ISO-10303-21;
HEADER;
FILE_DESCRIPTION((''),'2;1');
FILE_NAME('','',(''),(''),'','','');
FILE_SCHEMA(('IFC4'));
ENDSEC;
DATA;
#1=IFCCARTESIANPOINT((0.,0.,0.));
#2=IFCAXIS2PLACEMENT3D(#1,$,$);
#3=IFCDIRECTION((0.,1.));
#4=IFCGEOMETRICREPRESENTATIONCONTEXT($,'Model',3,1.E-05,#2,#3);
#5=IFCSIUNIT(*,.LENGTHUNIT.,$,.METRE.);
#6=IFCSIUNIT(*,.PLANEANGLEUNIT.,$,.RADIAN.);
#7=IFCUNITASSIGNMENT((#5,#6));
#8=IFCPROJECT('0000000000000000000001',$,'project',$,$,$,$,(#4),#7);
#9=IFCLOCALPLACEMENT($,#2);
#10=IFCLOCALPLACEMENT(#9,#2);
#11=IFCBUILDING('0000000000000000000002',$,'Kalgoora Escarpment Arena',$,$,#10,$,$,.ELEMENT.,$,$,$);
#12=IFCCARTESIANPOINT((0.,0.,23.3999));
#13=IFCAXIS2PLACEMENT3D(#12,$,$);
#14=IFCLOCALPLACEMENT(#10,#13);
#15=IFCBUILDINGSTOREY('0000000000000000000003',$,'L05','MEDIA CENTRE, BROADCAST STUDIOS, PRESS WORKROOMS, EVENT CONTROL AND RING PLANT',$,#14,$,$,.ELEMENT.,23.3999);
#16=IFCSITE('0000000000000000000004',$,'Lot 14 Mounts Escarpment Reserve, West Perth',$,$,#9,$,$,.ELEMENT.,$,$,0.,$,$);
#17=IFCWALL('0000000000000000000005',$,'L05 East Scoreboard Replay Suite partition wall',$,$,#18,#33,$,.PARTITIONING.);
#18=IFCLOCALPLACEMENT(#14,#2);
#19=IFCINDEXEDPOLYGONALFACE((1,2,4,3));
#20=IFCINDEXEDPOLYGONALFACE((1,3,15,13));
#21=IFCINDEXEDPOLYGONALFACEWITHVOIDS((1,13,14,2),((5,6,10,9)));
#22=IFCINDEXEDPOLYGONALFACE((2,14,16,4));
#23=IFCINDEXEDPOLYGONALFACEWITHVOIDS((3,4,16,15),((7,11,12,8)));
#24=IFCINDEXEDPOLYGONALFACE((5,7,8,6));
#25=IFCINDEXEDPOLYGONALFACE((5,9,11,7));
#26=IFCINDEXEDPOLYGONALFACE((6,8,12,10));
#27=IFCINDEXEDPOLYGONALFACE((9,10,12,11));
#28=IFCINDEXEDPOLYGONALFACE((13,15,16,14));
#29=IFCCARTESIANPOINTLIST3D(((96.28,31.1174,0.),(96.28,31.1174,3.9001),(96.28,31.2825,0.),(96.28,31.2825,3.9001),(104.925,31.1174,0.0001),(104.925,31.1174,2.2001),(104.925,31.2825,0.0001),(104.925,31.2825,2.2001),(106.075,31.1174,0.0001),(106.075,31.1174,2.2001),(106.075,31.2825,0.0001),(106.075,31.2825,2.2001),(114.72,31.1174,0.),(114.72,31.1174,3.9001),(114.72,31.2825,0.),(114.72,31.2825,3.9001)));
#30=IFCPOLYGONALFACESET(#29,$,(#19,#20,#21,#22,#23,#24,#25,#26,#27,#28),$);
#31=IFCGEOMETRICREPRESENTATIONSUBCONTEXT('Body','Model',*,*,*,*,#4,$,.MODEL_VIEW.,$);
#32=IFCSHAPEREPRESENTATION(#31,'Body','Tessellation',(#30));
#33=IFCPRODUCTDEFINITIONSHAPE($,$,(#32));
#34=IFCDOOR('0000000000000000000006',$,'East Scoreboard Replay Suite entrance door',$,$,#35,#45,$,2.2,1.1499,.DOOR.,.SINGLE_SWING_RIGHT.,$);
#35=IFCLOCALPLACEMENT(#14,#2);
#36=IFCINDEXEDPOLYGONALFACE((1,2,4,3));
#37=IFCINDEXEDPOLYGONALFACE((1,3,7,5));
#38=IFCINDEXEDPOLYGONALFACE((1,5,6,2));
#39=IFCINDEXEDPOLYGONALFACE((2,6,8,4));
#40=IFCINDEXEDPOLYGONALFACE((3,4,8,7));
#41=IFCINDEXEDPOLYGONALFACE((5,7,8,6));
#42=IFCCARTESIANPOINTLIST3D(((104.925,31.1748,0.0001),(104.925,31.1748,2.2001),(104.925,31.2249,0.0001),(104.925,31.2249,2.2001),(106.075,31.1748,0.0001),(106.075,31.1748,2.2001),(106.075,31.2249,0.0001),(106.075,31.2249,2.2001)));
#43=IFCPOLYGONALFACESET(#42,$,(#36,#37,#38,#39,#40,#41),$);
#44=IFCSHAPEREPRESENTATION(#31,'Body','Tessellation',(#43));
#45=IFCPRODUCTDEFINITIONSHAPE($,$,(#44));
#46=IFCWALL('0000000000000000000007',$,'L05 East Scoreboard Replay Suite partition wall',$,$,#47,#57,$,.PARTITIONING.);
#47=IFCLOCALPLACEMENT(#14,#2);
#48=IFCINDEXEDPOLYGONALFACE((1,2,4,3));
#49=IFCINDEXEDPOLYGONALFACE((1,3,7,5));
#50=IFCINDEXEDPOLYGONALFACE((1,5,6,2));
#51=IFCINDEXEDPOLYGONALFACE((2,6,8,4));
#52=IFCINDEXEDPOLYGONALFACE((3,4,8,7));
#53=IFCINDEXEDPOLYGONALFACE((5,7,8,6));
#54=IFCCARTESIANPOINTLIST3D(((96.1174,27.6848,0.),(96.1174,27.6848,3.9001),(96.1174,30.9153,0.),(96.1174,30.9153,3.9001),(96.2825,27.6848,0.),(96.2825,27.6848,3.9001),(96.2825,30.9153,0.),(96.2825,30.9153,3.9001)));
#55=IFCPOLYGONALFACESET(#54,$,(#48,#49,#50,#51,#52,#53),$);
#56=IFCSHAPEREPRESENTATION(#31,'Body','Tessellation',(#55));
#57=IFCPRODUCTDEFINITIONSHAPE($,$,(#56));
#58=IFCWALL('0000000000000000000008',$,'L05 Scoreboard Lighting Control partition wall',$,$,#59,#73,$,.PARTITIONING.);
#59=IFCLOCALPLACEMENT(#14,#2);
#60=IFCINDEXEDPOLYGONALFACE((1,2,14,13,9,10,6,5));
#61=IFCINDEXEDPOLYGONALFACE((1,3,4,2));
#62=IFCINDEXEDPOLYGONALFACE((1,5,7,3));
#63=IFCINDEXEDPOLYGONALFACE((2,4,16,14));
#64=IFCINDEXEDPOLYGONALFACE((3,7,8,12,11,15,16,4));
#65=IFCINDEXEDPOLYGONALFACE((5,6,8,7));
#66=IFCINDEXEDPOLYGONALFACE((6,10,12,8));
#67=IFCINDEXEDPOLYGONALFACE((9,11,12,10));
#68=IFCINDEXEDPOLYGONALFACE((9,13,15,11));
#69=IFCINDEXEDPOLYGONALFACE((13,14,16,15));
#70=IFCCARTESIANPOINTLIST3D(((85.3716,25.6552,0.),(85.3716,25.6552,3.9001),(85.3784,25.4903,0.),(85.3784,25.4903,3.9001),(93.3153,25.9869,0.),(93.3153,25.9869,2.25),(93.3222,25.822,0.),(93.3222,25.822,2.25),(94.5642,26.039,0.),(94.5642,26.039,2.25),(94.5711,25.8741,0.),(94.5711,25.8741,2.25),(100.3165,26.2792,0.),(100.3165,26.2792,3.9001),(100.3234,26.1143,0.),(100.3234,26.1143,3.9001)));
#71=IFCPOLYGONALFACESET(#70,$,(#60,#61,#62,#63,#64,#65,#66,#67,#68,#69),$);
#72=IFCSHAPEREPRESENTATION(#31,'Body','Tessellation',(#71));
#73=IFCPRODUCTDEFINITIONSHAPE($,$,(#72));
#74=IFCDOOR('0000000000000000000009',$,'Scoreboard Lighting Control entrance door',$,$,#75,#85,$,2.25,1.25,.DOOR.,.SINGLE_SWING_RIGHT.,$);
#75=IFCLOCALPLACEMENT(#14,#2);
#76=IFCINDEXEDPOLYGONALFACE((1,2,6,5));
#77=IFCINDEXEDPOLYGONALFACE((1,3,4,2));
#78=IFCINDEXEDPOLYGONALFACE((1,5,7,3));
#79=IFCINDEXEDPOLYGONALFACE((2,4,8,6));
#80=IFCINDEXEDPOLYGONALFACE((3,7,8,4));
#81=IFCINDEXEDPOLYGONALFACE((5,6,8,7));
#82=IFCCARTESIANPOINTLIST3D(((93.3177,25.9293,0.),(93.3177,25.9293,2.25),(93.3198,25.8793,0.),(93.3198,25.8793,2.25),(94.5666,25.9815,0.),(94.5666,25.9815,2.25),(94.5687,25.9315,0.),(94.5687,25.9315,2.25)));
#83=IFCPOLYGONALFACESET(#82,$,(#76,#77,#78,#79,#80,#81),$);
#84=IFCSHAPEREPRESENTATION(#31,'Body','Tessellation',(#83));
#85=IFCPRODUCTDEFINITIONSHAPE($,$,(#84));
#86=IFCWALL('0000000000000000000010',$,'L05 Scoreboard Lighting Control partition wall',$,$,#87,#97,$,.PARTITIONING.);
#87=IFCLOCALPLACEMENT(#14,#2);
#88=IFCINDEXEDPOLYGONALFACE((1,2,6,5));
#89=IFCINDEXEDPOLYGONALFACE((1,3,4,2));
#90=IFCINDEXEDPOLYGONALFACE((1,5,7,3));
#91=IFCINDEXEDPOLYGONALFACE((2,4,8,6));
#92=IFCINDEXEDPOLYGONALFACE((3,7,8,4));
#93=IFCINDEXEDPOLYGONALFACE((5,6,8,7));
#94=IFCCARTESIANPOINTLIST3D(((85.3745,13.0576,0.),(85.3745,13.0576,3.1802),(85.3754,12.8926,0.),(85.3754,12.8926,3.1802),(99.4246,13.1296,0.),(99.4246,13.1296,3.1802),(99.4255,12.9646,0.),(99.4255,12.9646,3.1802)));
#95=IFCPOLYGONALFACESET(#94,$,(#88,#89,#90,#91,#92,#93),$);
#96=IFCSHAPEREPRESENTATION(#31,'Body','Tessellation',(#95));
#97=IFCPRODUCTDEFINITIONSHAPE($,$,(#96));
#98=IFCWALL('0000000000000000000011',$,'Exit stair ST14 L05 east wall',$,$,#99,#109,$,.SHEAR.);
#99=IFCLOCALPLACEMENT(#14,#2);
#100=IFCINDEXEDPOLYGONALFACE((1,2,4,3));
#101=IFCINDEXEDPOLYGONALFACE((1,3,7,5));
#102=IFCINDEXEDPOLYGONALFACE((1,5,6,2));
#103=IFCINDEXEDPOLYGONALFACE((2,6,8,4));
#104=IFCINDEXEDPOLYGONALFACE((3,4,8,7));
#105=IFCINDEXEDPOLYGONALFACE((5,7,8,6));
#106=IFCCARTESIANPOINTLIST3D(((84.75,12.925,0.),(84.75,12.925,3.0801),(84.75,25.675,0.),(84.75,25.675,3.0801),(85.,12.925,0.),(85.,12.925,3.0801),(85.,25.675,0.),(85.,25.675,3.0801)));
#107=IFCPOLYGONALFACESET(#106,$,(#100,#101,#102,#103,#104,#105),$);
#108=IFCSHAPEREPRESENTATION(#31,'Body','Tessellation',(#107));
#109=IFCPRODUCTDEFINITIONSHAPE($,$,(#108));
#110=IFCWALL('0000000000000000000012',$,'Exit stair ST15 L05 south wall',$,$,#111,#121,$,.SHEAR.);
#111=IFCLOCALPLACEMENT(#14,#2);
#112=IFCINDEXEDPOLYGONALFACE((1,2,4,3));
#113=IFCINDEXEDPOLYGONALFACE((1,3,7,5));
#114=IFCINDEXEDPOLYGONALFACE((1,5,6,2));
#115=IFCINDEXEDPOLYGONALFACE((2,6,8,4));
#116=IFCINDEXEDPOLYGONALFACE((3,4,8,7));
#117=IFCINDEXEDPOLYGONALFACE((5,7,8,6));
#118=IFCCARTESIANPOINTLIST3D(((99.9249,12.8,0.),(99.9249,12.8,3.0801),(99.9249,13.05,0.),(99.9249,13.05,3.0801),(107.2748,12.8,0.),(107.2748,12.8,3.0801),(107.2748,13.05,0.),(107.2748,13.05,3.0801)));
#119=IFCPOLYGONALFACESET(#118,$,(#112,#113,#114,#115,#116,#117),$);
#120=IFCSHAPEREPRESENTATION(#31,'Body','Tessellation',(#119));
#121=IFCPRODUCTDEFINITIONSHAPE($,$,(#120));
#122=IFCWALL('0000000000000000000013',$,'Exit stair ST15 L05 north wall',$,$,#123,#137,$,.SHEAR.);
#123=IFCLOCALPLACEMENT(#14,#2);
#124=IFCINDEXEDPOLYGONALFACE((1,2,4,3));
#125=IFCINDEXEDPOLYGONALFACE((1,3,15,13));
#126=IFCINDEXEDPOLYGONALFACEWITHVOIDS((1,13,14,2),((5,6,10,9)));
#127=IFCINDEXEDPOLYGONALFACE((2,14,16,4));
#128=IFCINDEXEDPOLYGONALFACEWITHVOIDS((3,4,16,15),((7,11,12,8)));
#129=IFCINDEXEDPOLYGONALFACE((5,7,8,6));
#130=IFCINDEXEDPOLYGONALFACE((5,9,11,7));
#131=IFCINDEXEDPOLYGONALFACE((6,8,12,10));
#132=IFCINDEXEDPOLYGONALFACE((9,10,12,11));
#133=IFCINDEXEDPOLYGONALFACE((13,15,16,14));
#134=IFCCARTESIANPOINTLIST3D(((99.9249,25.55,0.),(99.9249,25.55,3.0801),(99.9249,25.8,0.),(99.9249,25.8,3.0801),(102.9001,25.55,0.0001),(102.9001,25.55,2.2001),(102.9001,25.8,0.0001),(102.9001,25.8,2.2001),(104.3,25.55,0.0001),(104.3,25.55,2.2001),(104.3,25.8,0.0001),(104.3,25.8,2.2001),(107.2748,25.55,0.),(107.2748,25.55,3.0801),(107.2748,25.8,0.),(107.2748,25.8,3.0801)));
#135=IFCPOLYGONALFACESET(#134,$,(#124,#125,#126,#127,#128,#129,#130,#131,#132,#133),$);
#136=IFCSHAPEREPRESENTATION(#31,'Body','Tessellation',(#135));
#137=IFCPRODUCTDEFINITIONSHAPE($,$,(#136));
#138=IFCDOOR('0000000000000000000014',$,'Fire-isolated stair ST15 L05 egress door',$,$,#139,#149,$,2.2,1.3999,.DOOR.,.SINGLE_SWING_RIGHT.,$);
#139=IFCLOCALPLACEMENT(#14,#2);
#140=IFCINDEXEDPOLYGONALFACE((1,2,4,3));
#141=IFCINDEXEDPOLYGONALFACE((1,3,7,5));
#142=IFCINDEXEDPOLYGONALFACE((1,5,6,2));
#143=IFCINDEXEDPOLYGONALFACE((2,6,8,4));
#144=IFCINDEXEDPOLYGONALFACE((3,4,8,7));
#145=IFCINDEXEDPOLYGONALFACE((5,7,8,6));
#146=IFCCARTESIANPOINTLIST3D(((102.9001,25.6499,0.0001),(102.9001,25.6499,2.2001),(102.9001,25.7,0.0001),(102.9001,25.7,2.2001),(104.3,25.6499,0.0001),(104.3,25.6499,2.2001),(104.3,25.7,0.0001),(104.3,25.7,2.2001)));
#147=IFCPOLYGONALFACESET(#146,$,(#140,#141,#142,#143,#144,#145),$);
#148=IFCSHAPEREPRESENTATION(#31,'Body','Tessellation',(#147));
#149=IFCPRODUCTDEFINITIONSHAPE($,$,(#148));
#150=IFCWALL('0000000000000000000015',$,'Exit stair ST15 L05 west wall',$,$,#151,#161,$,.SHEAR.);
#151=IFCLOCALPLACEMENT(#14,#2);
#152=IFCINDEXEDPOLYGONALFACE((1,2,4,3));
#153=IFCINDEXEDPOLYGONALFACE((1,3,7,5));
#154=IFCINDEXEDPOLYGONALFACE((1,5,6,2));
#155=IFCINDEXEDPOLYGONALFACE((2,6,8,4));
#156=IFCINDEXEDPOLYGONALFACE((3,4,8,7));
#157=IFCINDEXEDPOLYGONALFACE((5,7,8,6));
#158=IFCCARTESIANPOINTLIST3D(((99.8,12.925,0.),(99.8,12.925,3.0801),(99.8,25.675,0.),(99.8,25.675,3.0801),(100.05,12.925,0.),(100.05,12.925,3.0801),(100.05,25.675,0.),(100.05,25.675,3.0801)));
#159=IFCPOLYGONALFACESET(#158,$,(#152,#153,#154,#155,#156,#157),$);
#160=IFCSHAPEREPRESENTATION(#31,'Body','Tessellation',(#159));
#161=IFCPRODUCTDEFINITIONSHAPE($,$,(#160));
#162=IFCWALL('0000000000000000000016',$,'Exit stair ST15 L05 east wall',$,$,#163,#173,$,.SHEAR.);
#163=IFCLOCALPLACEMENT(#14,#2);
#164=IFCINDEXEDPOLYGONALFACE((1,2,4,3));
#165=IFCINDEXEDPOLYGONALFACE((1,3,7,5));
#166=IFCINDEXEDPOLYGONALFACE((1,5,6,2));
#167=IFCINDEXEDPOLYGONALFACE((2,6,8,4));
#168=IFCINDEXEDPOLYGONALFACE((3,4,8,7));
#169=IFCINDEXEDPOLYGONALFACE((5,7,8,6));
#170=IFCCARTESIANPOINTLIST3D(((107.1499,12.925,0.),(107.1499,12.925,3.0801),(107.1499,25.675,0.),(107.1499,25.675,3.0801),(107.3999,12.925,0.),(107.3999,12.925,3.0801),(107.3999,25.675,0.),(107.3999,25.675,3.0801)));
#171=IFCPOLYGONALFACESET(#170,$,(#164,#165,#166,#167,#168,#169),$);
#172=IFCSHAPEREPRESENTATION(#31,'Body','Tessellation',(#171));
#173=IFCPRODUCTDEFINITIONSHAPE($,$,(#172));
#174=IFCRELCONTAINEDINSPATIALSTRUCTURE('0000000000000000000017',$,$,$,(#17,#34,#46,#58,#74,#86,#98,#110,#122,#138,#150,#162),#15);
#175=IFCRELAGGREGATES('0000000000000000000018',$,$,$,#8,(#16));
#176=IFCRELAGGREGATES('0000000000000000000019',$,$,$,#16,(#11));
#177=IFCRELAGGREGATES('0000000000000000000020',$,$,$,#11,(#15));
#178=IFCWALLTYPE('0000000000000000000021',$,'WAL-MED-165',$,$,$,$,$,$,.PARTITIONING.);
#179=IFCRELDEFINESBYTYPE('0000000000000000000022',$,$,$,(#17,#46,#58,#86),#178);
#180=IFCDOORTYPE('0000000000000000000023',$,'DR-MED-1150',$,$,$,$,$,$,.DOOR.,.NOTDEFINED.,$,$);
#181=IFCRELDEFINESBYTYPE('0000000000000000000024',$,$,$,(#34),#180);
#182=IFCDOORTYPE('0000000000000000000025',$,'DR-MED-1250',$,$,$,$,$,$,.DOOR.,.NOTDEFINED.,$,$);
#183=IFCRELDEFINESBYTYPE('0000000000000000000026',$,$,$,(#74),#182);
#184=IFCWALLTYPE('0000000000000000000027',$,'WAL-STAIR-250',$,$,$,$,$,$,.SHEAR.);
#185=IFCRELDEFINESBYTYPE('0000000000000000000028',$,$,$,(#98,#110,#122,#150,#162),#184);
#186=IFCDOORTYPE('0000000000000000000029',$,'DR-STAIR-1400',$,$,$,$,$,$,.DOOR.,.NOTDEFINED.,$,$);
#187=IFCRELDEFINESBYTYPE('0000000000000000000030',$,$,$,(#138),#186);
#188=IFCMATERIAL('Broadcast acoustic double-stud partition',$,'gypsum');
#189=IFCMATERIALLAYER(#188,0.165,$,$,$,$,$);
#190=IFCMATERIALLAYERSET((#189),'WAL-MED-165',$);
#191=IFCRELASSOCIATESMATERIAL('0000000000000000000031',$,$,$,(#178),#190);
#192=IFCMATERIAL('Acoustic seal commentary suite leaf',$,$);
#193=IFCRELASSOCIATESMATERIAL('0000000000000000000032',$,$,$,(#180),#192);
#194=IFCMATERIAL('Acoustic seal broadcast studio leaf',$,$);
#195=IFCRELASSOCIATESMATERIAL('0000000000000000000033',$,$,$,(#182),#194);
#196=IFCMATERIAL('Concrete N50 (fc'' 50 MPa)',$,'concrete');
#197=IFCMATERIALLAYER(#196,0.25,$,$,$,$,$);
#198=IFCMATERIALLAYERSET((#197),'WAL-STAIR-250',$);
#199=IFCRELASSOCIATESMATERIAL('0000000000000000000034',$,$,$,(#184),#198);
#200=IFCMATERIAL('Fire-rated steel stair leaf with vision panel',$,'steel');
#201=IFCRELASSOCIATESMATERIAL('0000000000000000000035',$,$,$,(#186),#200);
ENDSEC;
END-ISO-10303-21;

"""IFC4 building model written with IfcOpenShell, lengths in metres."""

from ifc_helpers import new_model, si_unit, direction, frame, frame_2d, origin, place, context, subcontext, project, spatial, rectangle, extrude, material, layer, layer_set, type_object, element, fill, save


model = new_model("IFC4")

# Units and contexts
model_context = context("Model", 3, precision=1e-05, world=origin(), true_north=direction((0.0, 1.0)))
body_context = subcontext(model_context, "Body", "Model", "MODEL_VIEW")
ifc_project = project(units=[si_unit("LENGTHUNIT", "METRE"), si_unit("PLANEANGLEUNIT", "RADIAN")], contexts=[model_context])

# Site, building, storey
site_placement = place(None, origin())
site = spatial("IfcSite", under=ifc_project, at=site_placement, Name="Lot 14 Mounts Escarpment Reserve, West Perth", CompositionType="ELEMENT", RefElevation=0.0)
building_placement = place(site_placement, origin())
building = spatial("IfcBuilding", under=site, at=building_placement, Name="Kalgoora Escarpment Arena", CompositionType="ELEMENT")
storey_placement = place(building_placement, frame((0.0, 0.0, 23.3999)))
storey = spatial("IfcBuildingStorey", under=building, at=storey_placement, Name="L05", Description="MEDIA CENTRE, BROADCAST STUDIOS, PRESS WORKROOMS, EVENT CONTROL AND RING PLANT", CompositionType="ELEMENT", Elevation=23.3999)

# Shared definitions
ifc_material_1 = material(Name="Broadcast acoustic double-stud partition", Category="gypsum")
ifc_layer_1 = layer(ifc_material_1, 0.165)
ifc_layer_set_1 = layer_set([ifc_layer_1], Name="WAL-MED-165")
wall_type_1 = type_object("IfcWallType", Name="WAL-MED-165", PredefinedType="PARTITIONING", material=ifc_layer_set_1)

# Wall, opening, door
wall_1_placement = place(storey_placement, frame((96.28, 31.2, 0.0), z_axis=(0.0, 0.0, 1.0), x_axis=(1.0, 0.0, 0.0)))
wall_1 = element("IfcWall", 1, at=wall_1_placement, inside=storey, type_object=wall_type_1, Name="L05 East Scoreboard Replay Suite partition wall", PredefinedType="PARTITIONING", context=body_context, shape_type="SweptSolid", body=[
    extrude(rectangle(XDim=18.4399, YDim=0.165, at=frame_2d((9.22, 0.0))), origin(), (0.0, 0.0, 1.0), 3.9001),
])
opening_1_placement = place(wall_1_placement, frame((8.645, 0.0, 0.0)))
opening_1 = element("IfcOpeningElement", 2, at=opening_1_placement, cuts=wall_1, PredefinedType="OPENING", context=body_context, shape_type="SweptSolid", body=[
    extrude(rectangle(XDim=1.1499, YDim=2.2, at=frame_2d((0.575, 1.1001))), frame((0.0, 0.0925, 0.0), z_axis=(0.0, -1.0, 0.0), x_axis=(1.0, 0.0, 0.0)), (0.0, 0.0, 1.0), 0.1851),
])
ifc_material_2 = material(Name="Acoustic seal commentary suite leaf")
door_type_1 = type_object("IfcDoorType", Name="DR-MED-1150", OperationType="NOTDEFINED", PredefinedType="DOOR", material=ifc_material_2)
door_1_placement = place(opening_1_placement, origin())
door_1 = element("IfcDoor", 3, at=door_1_placement, inside=storey, type_object=door_type_1, Name="East Scoreboard Replay Suite entrance door", OperationType="SINGLE_SWING_RIGHT", OverallHeight=2.2, OverallWidth=1.1499, PredefinedType="DOOR", context=body_context, shape_type="SweptSolid", body=[
    extrude(rectangle(XDim=1.1499, YDim=2.2, at=frame_2d((0.575, 1.1001))), frame((0.0, 0.0249, 0.0), z_axis=(0.0, -1.0, 0.0), x_axis=(1.0, 0.0, 0.0)), (0.0, 0.0, 1.0), 0.05),
])
fill(opening_1, door_1)

# Wall
wall_2_placement = place(storey_placement, frame((96.2, 27.6848, 0.0), z_axis=(0.0, 0.0, 1.0), x_axis=(0.0, 1.0, 0.0)))
element("IfcWall", 4, at=wall_2_placement, inside=storey, type_object=wall_type_1, Name="L05 East Scoreboard Replay Suite partition wall", PredefinedType="PARTITIONING", context=body_context, shape_type="SweptSolid", body=[
    extrude(rectangle(XDim=3.2305, YDim=0.165, at=frame_2d((1.6152, 0.0))), origin(), (0.0, 0.0, 1.0), 3.9001),
])

# Wall, opening, door
wall_3_placement = place(storey_placement, frame((85.375, 25.5728, 0.0), z_axis=(0.0, 0.0, 1.0), x_axis=(0.999129, 0.041718, 0.0)))
wall_3 = element("IfcWall", 5, at=wall_3_placement, inside=storey, type_object=wall_type_1, Name="L05 Scoreboard Lighting Control partition wall", PredefinedType="PARTITIONING", context=body_context, shape_type="SweptSolid", body=[
    extrude(rectangle(XDim=14.958, YDim=0.165, at=frame_2d((7.479, 0.0))), origin(), (0.0, 0.0, 1.0), 3.9001),
])
opening_2_placement = place(wall_3_placement, frame((7.9507, 0.0, 0.0)))
opening_2 = element("IfcOpeningElement", 6, at=opening_2_placement, cuts=wall_3, PredefinedType="OPENING", context=body_context, shape_type="SweptSolid", body=[
    extrude(rectangle(XDim=1.25, YDim=2.25, at=frame_2d((0.625, 1.125))), frame((0.0, 0.0925, 0.0), z_axis=(0.0, -1.0, 0.0), x_axis=(1.0, 0.0, 0.0)), (0.0, 0.0, 1.0), 0.1851),
])
ifc_material_3 = material(Name="Acoustic seal broadcast studio leaf")
door_type_2 = type_object("IfcDoorType", Name="DR-MED-1250", OperationType="NOTDEFINED", PredefinedType="DOOR", material=ifc_material_3)
door_2_placement = place(opening_2_placement, origin())
door_2 = element("IfcDoor", 7, at=door_2_placement, inside=storey, type_object=door_type_2, Name="Scoreboard Lighting Control entrance door", OperationType="SINGLE_SWING_RIGHT", OverallHeight=2.25, OverallWidth=1.25, PredefinedType="DOOR", context=body_context, shape_type="SweptSolid", body=[
    extrude(rectangle(XDim=1.25, YDim=2.25, at=frame_2d((0.625, 1.125))), frame((0.0, 0.0249, 0.0), z_axis=(0.0, -1.0, 0.0), x_axis=(1.0, 0.0, 0.0)), (0.0, 0.0, 1.0), 0.05),
])
fill(opening_2, door_2)

# Walls
wall_4_placement = place(storey_placement, frame((99.425, 13.0471, 0.0), z_axis=(0.0, 0.0, 1.0), x_axis=(-0.999987, -0.005126, 0.0)))
element("IfcWall", 8, at=wall_4_placement, inside=storey, type_object=wall_type_1, Name="L05 Scoreboard Lighting Control partition wall", PredefinedType="PARTITIONING", context=body_context, shape_type="SweptSolid", body=[
    extrude(rectangle(XDim=14.0503, YDim=0.165, at=frame_2d((7.0251, 0.0))), origin(), (0.0, 0.0, 1.0), 3.1802),
])
ifc_material_4 = material(Name="Concrete N50 (fc' 50 MPa)", Category="concrete")
ifc_layer_2 = layer(ifc_material_4, 0.25)
ifc_layer_set_2 = layer_set([ifc_layer_2], Name="WAL-STAIR-250")
wall_type_2 = type_object("IfcWallType", Name="WAL-STAIR-250", PredefinedType="SHEAR", material=ifc_layer_set_2)
wall_5_placement = place(storey_placement, frame((84.875, 12.925, 0.0), z_axis=(0.0, 0.0, 1.0), x_axis=(0.0, 1.0, 0.0)))
element("IfcWall", 9, at=wall_5_placement, inside=storey, type_object=wall_type_2, Name="Exit stair ST14 L05 east wall", PredefinedType="SHEAR", context=body_context, shape_type="SweptSolid", body=[
    extrude(rectangle(XDim=12.75, YDim=0.25, at=frame_2d((6.375, 0.0))), origin(), (0.0, 0.0, 1.0), 3.0801),
])
wall_6_placement = place(storey_placement, frame((99.925, 12.925, 0.0), z_axis=(0.0, 0.0, 1.0), x_axis=(1.0, 0.0, 0.0)))
element("IfcWall", 10, at=wall_6_placement, inside=storey, type_object=wall_type_2, Name="Exit stair ST15 L05 south wall", PredefinedType="SHEAR", context=body_context, shape_type="SweptSolid", body=[
    extrude(rectangle(XDim=7.3499, YDim=0.25, at=frame_2d((3.6748, 0.0))), origin(), (0.0, 0.0, 1.0), 3.0801),
])

# Wall, opening, door
wall_7_placement = place(storey_placement, frame((99.925, 25.675, 0.0), z_axis=(0.0, 0.0, 1.0), x_axis=(1.0, 0.0, 0.0)))
wall_7 = element("IfcWall", 11, at=wall_7_placement, inside=storey, type_object=wall_type_2, Name="Exit stair ST15 L05 north wall", PredefinedType="SHEAR", context=body_context, shape_type="SweptSolid", body=[
    extrude(rectangle(XDim=7.3499, YDim=0.25, at=frame_2d((3.6748, 0.0))), origin(), (0.0, 0.0, 1.0), 3.0801),
])
opening_3_placement = place(wall_7_placement, frame((2.9751, 0.0, 0.0)))
opening_3 = element("IfcOpeningElement", 12, at=opening_3_placement, cuts=wall_7, PredefinedType="OPENING", context=body_context, shape_type="SweptSolid", body=[
    extrude(rectangle(XDim=1.3999, YDim=2.2, at=frame_2d((0.7, 1.1001))), frame((0.0, 0.135, 0.0), z_axis=(0.0, -1.0, 0.0), x_axis=(1.0, 0.0, 0.0)), (0.0, 0.0, 1.0), 0.27),
])
ifc_material_5 = material(Name="Fire-rated steel stair leaf with vision panel", Category="steel")
door_type_3 = type_object("IfcDoorType", Name="DR-STAIR-1400", OperationType="NOTDEFINED", PredefinedType="DOOR", material=ifc_material_5)
door_3_placement = place(opening_3_placement, origin())
door_3 = element("IfcDoor", 13, at=door_3_placement, inside=storey, type_object=door_type_3, Name="Fire-isolated stair ST15 L05 egress door", OperationType="SINGLE_SWING_RIGHT", OverallHeight=2.2, OverallWidth=1.3999, PredefinedType="DOOR", context=body_context, shape_type="SweptSolid", body=[
    extrude(rectangle(XDim=1.3999, YDim=2.2, at=frame_2d((0.7, 1.1001))), frame((0.0, 0.0249, 0.0), z_axis=(0.0, -1.0, 0.0), x_axis=(1.0, 0.0, 0.0)), (0.0, 0.0, 1.0), 0.05),
])
fill(opening_3, door_3)

# Walls
for number, where, z_axis, x_axis, name in (
    (14, (99.925, 12.925, 0.0), (0.0, 0.0, 1.0), (0.0, 1.0, 0.0), "Exit stair ST15 L05 west wall"),
    (15, (107.2749, 12.925, 0.0), (0.0, 0.0, 1.0), (0.0, 1.0, 0.0), "Exit stair ST15 L05 east wall"),
):
    element("IfcWall", number, at=place(storey_placement, frame(where, z_axis=z_axis, x_axis=x_axis)), inside=storey, type_object=wall_type_2, Name=name, PredefinedType="SHEAR", context=body_context, shape_type="SweptSolid", body=[
        extrude(rectangle(XDim=12.75, YDim=0.25, at=frame_2d((6.375, 0.0))), origin(), (0.0, 0.0, 1.0), 3.0801),
    ])

save(model, "model.ifc")
